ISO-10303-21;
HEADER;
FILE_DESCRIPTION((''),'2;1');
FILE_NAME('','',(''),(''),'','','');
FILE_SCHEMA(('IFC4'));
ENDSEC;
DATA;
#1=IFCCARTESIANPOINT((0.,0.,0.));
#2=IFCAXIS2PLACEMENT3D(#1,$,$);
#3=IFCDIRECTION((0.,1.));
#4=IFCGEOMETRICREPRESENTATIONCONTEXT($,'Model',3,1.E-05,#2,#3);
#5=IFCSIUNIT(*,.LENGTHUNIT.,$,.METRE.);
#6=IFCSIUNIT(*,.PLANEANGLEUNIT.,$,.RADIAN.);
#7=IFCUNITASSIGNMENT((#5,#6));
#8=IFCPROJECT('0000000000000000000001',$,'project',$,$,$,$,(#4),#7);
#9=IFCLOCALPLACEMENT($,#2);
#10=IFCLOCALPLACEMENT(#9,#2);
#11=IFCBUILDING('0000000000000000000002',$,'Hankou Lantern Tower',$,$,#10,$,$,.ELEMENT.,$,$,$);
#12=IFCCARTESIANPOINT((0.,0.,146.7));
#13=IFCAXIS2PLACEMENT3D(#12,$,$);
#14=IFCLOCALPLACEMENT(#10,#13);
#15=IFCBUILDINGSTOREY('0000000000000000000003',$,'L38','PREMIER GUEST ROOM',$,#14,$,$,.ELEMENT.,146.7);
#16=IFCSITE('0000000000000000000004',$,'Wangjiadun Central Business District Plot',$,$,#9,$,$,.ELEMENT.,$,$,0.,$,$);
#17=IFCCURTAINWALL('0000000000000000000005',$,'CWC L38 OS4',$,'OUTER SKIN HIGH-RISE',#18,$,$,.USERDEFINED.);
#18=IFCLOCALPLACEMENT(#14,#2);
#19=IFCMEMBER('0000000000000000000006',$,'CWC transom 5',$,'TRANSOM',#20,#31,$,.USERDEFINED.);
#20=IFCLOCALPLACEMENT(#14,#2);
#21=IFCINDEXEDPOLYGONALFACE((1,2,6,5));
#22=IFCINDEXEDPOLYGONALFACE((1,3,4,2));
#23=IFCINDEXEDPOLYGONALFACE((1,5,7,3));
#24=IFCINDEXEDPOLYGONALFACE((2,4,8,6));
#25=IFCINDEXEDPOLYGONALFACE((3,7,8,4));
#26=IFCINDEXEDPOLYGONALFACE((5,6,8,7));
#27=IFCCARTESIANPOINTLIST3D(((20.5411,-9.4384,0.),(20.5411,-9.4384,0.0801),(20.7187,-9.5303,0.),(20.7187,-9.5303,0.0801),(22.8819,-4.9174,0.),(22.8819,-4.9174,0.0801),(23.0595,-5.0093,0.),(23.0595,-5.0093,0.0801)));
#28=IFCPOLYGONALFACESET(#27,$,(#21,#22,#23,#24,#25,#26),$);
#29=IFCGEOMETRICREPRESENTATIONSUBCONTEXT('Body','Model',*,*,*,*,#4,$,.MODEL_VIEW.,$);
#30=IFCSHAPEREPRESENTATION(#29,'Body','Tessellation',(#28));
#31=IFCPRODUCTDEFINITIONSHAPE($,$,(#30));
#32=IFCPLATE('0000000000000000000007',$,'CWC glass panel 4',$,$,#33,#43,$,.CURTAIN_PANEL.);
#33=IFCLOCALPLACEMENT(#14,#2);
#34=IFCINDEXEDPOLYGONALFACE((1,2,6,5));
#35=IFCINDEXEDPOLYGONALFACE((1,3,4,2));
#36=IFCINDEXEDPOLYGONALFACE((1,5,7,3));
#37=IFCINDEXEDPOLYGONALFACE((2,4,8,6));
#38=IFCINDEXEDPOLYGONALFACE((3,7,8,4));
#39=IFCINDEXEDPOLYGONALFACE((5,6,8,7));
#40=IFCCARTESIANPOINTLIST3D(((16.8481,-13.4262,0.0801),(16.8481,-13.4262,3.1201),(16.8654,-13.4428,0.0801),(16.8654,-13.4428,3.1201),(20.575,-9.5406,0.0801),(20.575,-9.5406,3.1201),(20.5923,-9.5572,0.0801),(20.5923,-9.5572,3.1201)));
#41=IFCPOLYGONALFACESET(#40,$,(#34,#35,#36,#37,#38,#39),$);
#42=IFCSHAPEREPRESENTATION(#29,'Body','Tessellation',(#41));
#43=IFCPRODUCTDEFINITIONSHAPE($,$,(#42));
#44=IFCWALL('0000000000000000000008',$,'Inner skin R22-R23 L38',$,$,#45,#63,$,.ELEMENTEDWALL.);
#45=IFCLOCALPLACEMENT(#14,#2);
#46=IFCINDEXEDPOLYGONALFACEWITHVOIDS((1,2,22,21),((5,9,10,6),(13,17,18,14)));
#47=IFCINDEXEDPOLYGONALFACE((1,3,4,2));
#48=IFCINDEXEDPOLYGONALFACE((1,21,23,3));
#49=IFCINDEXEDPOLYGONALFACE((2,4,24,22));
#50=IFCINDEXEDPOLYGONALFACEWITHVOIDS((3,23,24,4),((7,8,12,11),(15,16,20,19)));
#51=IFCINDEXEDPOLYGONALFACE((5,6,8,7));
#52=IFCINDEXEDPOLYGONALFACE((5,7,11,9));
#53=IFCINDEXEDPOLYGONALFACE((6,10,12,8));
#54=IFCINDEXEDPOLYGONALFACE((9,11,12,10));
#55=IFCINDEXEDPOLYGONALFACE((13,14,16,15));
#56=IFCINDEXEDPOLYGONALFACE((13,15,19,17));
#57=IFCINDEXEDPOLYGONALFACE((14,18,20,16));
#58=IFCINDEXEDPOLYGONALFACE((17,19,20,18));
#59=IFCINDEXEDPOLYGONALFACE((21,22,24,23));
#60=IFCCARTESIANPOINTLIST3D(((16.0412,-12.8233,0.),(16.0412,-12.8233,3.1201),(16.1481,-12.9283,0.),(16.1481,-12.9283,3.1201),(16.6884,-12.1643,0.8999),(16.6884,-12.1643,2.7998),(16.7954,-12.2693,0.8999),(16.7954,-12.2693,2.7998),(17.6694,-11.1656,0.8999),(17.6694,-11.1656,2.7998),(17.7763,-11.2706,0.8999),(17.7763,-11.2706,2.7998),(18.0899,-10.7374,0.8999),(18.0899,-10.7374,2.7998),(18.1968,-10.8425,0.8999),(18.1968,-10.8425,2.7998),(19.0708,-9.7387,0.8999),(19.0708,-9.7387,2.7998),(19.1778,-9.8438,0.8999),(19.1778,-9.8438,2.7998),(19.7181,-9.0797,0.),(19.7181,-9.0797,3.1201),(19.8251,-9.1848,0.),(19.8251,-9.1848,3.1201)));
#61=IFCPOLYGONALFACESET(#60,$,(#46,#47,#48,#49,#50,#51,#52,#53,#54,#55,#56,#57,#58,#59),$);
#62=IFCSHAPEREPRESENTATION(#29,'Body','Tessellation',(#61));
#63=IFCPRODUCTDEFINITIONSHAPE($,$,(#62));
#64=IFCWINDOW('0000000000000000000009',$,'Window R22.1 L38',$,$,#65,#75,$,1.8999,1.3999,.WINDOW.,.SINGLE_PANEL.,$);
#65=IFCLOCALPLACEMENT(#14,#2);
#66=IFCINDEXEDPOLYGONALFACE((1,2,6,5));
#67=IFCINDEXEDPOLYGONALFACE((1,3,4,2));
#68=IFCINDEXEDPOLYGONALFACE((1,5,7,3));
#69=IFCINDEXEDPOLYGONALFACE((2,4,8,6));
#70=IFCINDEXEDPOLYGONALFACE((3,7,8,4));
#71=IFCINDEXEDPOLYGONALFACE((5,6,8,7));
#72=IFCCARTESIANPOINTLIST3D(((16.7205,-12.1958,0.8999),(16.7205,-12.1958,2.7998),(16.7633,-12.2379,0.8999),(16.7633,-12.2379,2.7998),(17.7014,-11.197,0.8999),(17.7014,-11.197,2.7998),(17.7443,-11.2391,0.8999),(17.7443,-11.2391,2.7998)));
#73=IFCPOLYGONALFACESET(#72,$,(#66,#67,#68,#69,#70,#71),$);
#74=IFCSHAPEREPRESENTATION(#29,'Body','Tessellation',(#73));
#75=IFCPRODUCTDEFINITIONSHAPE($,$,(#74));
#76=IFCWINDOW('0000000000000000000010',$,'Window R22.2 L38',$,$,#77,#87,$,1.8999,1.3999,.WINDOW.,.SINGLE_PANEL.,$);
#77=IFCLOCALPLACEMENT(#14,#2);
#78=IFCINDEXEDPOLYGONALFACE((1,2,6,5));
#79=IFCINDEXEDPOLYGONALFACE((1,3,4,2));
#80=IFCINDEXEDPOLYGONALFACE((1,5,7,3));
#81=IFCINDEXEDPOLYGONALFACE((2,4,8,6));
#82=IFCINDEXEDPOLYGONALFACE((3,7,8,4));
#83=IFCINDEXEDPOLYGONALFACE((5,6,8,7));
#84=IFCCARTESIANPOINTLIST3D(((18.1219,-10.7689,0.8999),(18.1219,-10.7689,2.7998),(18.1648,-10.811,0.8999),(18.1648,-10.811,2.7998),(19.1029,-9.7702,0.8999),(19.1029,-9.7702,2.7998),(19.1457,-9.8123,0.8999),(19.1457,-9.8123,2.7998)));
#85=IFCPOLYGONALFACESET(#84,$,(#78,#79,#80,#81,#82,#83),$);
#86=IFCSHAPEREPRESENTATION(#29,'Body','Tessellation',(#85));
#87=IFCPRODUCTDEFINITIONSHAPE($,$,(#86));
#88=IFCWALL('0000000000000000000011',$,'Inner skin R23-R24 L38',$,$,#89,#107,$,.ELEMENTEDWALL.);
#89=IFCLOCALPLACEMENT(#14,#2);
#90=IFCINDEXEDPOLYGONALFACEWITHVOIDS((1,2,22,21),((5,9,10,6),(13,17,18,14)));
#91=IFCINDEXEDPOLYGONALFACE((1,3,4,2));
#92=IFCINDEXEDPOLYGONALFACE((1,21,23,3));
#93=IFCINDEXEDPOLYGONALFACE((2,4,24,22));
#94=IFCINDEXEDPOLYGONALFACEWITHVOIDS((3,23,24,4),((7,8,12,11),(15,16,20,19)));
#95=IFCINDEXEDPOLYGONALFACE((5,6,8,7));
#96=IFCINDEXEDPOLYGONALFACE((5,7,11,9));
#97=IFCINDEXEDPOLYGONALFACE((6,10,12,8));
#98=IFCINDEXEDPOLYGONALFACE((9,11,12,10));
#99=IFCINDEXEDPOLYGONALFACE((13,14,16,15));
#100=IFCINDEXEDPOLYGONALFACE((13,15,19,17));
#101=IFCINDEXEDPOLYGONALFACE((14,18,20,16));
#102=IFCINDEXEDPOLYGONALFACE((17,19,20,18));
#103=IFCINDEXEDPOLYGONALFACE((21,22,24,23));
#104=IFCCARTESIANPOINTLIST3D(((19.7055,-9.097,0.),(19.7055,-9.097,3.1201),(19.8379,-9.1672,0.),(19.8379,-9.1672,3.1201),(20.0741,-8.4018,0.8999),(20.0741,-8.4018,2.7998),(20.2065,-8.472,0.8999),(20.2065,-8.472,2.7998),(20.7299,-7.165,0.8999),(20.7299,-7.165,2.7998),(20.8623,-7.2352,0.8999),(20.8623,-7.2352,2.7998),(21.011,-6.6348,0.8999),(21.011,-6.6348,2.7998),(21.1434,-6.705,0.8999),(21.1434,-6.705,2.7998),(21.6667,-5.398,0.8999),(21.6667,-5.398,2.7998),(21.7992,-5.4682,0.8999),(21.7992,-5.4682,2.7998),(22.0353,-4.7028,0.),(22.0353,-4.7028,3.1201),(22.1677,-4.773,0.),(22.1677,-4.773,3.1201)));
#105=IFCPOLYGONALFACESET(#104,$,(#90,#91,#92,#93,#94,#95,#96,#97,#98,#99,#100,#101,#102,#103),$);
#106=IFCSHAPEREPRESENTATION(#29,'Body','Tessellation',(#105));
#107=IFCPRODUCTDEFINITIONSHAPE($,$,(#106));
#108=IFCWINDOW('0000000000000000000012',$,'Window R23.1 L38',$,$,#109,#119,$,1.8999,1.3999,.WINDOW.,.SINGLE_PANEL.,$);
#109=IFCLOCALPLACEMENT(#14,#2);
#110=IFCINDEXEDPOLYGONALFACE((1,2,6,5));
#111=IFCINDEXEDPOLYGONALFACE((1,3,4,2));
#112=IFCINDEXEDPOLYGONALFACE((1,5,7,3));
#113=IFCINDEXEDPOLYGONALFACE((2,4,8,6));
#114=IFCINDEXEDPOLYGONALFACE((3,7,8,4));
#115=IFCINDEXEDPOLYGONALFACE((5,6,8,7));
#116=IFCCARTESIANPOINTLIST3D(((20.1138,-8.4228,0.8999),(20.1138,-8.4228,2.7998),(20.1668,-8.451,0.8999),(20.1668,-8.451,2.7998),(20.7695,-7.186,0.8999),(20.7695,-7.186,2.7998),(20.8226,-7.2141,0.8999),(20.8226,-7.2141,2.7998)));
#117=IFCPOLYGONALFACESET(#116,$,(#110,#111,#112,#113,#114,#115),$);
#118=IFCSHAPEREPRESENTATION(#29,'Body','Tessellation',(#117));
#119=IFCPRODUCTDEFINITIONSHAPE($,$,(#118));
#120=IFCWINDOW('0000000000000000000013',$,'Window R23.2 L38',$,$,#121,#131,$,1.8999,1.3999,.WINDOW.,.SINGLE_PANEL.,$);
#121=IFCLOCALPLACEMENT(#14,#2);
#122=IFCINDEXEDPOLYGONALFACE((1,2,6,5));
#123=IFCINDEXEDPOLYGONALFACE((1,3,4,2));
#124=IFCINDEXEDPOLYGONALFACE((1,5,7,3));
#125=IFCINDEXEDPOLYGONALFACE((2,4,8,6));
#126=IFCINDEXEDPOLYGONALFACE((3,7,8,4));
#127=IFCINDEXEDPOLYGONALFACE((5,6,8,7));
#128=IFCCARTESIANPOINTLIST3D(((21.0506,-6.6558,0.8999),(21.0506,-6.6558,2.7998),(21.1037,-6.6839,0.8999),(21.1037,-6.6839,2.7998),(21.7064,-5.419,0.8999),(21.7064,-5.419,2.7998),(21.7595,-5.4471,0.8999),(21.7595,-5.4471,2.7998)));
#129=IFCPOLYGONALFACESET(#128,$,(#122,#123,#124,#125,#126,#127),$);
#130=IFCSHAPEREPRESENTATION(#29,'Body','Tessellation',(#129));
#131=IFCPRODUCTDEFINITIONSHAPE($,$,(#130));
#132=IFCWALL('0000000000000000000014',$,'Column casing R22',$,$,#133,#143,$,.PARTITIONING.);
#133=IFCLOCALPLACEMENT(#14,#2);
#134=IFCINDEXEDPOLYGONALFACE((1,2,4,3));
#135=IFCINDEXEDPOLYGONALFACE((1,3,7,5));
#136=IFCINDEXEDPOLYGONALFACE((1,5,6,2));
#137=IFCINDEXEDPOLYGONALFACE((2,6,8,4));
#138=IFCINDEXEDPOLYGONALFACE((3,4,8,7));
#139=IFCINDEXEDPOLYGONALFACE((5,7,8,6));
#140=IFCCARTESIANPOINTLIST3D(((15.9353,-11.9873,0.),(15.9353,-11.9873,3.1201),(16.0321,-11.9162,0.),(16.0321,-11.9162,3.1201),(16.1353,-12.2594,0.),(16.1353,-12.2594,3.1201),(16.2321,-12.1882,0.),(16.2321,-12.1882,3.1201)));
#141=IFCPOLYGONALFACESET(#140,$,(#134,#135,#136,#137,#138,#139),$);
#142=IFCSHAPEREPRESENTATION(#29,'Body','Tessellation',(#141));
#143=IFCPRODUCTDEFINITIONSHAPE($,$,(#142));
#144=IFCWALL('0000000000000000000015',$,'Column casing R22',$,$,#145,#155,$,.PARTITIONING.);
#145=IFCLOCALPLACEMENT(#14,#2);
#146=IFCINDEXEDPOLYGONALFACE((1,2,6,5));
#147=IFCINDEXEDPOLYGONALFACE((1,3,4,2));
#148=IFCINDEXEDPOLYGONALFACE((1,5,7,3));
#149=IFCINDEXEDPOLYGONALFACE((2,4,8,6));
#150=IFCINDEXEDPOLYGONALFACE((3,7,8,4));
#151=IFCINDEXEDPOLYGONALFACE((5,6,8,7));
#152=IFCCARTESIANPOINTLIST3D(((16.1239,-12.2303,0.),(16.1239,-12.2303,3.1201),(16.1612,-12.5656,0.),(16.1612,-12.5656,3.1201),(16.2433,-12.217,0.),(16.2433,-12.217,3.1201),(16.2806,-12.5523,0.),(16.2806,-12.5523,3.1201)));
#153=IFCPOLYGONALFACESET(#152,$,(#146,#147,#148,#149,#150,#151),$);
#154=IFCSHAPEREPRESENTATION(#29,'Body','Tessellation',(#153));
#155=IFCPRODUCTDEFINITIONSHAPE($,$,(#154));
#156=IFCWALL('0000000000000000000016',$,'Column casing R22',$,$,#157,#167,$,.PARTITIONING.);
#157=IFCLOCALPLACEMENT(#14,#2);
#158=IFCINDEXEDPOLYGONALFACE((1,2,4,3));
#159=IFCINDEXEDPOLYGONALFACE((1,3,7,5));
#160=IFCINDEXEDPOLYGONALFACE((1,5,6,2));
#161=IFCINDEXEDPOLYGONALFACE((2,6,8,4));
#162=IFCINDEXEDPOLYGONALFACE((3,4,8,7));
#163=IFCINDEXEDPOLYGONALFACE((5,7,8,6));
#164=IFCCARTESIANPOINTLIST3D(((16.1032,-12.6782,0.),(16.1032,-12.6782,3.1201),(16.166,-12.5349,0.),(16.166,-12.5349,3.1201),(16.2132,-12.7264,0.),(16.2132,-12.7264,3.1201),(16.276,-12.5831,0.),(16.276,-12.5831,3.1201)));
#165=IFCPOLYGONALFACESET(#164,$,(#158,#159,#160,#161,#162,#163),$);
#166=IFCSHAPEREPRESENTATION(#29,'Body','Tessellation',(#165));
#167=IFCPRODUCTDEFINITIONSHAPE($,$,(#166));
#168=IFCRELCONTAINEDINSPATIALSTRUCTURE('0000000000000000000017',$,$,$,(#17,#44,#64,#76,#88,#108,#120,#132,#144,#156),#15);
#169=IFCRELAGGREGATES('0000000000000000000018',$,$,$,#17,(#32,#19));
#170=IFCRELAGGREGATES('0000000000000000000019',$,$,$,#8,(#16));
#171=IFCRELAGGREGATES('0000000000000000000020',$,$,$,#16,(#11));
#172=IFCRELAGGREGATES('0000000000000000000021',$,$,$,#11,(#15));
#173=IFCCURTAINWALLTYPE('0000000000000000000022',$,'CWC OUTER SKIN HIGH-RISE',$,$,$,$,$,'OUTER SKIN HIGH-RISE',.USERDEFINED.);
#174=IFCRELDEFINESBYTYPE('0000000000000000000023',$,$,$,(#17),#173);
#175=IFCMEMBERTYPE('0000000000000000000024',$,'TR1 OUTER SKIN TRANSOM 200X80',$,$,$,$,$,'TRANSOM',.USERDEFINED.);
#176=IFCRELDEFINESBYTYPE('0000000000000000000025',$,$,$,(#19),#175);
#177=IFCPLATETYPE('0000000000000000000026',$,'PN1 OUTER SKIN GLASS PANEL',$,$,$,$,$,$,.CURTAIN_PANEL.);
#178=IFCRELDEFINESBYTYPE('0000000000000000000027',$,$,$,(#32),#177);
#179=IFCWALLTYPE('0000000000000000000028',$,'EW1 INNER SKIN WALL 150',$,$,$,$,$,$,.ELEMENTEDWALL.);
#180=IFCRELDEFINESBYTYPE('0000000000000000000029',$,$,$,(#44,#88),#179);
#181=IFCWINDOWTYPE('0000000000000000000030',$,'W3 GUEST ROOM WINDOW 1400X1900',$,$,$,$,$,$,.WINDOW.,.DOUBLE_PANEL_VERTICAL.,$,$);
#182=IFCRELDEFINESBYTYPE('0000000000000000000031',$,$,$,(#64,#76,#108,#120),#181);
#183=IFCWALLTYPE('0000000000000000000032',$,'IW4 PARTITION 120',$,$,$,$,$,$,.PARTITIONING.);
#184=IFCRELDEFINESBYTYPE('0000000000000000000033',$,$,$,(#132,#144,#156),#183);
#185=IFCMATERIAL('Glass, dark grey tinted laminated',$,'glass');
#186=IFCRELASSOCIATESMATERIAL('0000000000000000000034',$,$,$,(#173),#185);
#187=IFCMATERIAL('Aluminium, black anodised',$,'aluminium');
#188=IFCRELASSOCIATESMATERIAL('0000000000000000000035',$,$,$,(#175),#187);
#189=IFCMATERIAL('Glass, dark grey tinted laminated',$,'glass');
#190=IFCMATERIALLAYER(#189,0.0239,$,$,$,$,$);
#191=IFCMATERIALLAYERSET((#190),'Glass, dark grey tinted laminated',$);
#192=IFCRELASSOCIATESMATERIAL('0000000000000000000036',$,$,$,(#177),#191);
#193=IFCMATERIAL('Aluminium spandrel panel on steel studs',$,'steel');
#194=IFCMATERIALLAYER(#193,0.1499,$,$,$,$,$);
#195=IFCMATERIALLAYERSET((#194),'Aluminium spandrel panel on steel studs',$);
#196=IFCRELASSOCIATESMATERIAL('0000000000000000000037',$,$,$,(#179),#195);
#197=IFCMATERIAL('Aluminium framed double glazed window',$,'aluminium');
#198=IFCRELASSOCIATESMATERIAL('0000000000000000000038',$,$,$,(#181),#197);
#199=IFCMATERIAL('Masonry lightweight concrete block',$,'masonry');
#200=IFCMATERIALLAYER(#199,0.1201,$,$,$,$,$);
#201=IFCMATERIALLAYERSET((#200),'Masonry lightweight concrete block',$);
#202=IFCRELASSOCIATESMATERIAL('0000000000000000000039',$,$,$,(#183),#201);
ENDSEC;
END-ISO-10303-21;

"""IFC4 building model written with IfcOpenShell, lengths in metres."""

from ifc_helpers import new_model, si_unit, direction, frame, frame_2d, origin, origin_2d, place, context, subcontext, project, spatial, rectangle, extrude, material, layer, layer_set, material_profile, profile_set, type_object, element, fill, aggregate, save


model = new_model("IFC4")

# Units and contexts
model_context = context("Model", 3, precision=1e-05, world=origin(), true_north=direction((0.0, 1.0)))
body_context = subcontext(model_context, "Body", "Model", "MODEL_VIEW")
ifc_project = project(units=[si_unit("LENGTHUNIT", "METRE"), si_unit("PLANEANGLEUNIT", "RADIAN")], contexts=[model_context])

# Site, building, storey
site_placement = place(None, origin())
site = spatial("IfcSite", under=ifc_project, at=site_placement, Name="Wangjiadun Central Business District Plot", CompositionType="ELEMENT", RefElevation=0.0)
building_placement = place(site_placement, origin())
building = spatial("IfcBuilding", under=site, at=building_placement, Name="Hankou Lantern Tower", CompositionType="ELEMENT")
storey_placement = place(building_placement, frame((0.0, 0.0, 146.7)))
storey = spatial("IfcBuildingStorey", under=building, at=storey_placement, Name="L38", Description="PREMIER GUEST ROOM", CompositionType="ELEMENT", Elevation=146.7)

# Curtain wall, member, plate
ifc_material_1 = material(Name="Glass, dark grey tinted laminated", Category="glass")
curtain_wall_type = type_object("IfcCurtainWallType", Name="CWC OUTER SKIN HIGH-RISE", ElementType="OUTER SKIN HIGH-RISE", PredefinedType="USERDEFINED", material=ifc_material_1)
curtain_wall_placement = place(storey_placement, origin())
curtain_wall = element("IfcCurtainWall", 1, at=curtain_wall_placement, inside=storey, type_object=curtain_wall_type, Name="CWC L38 OS4", ObjectType="OUTER SKIN HIGH-RISE", PredefinedType="USERDEFINED")
ifc_material_2 = material(Name="Aluminium, black anodised", Category="aluminium")
ifc_material_profile_1 = material_profile(ifc_material_2, rectangle(XDim=0.2, YDim=0.0801, at=origin_2d()), Name="TR1 200X80")
ifc_profile_set_1 = profile_set([ifc_material_profile_1], Name="Aluminium, black anodised")
member_type_1 = type_object("IfcMemberType", Name="TR1 OUTER SKIN TRANSOM 200X80", ElementType="TRANSOM", PredefinedType="USERDEFINED", material=ifc_profile_set_1)
member_1_placement = place(storey_placement, frame((20.6299, -9.4844, 0.04), z_axis=(0.459791, 0.888027, 0.0), x_axis=(-0.888027, 0.459791, 0.0)))
member_1 = element("IfcMember", 2, at=member_1_placement, type_object=member_type_1, Name="CWC transom 5", ObjectType="TRANSOM", PredefinedType="USERDEFINED", context=body_context, shape_type="SweptSolid", body=[
    extrude(rectangle(XDim=0.2, YDim=0.0801, at=origin_2d()), origin(), (0.0, 0.0, 1.0), 5.0911),
])
ifc_material_3 = material(Name="Glass, dark grey tinted laminated", Category="glass")
ifc_layer_1 = layer(ifc_material_3, 0.0239)
ifc_layer_set_1 = layer_set([ifc_layer_1], Name="Glass, dark grey tinted laminated")
plate_type = type_object("IfcPlateType", Name="PN1 OUTER SKIN GLASS PANEL", PredefinedType="CURTAIN_PANEL", material=ifc_layer_set_1)
plate_placement = place(storey_placement, frame((18.7202, -11.4917, 0.0801), z_axis=(0.0, 0.0, 1.0), x_axis=(0.692216, 0.721691, 0.0)))
plate = element("IfcPlate", 3, at=plate_placement, type_object=plate_type, Name="CWC glass panel 4", PredefinedType="CURTAIN_PANEL", context=body_context, shape_type="SweptSolid", body=[
    extrude(rectangle(XDim=5.384, YDim=0.0239, at=origin_2d()), origin(), (0.0, 0.0, 1.0), 3.04),
])
aggregate(curtain_wall, [plate, member_1])

# Walls, openings, windows
ifc_material_4 = material(Name="Aluminium spandrel panel on steel studs", Category="steel")
ifc_layer_2 = layer(ifc_material_4, 0.1499)
ifc_layer_set_2 = layer_set([ifc_layer_2], Name="Aluminium spandrel panel on steel studs")
wall_type_1 = type_object("IfcWallType", Name="EW1 INNER SKIN WALL 150", PredefinedType="ELEMENTEDWALL", material=ifc_layer_set_2)
wall_1_placement = place(storey_placement, frame((16.0947, -12.8757, 0.0), z_axis=(0.0, 0.0, 1.0), x_axis=(0.700727, 0.713429, 0.0)))
wall_1 = element("IfcWall", 4, at=wall_1_placement, inside=storey, type_object=wall_type_1, Name="Inner skin R22-R23 L38", PredefinedType="ELEMENTEDWALL", context=body_context, shape_type="SweptSolid", body=[
    extrude(rectangle(XDim=5.2473, YDim=0.1499, at=frame_2d((2.6235, 0.0))), origin(), (0.0, 0.0, 1.0), 3.1201),
])
opening_1_placement = place(wall_1_placement, frame((0.9236, 0.0, 0.8999)))
opening_1 = element("IfcOpeningElement", 5, at=opening_1_placement, cuts=wall_1, PredefinedType="OPENING", context=body_context, shape_type="SweptSolid", body=[
    extrude(rectangle(XDim=1.3999, YDim=1.8999, at=frame_2d((0.7, 0.95))), frame((0.0, 0.085, 0.0), z_axis=(0.0, -1.0, 0.0), x_axis=(1.0, 0.0, 0.0)), (0.0, 0.0, 1.0), 0.1699),
])
opening_2_placement = place(wall_1_placement, frame((2.9236, 0.0, 0.8999)))
opening_2 = element("IfcOpeningElement", 6, at=opening_2_placement, cuts=wall_1, PredefinedType="OPENING", context=body_context, shape_type="SweptSolid", body=[
    extrude(rectangle(XDim=1.3999, YDim=1.8999, at=frame_2d((0.7, 0.95))), frame((0.0, 0.085, 0.0), z_axis=(0.0, -1.0, 0.0), x_axis=(1.0, 0.0, 0.0)), (0.0, 0.0, 1.0), 0.1699),
])
ifc_material_5 = material(Name="Aluminium framed double glazed window", Category="aluminium")
window_type = type_object("IfcWindowType", Name="W3 GUEST ROOM WINDOW 1400X1900", PartitioningType="DOUBLE_PANEL_VERTICAL", PredefinedType="WINDOW", material=ifc_material_5)
window_1_placement = place(opening_1_placement, origin())
window_1 = element("IfcWindow", 7, at=window_1_placement, inside=storey, type_object=window_type, Name="Window R22.1 L38", OverallHeight=1.8999, OverallWidth=1.3999, PartitioningType="SINGLE_PANEL", PredefinedType="WINDOW", context=body_context, shape_type="SweptSolid", body=[
    extrude(rectangle(XDim=1.3999, YDim=1.8999, at=frame_2d((0.7, 0.95))), frame((0.0, 0.03, 0.0), z_axis=(0.0, -1.0, 0.0), x_axis=(1.0, 0.0, 0.0)), (0.0, 0.0, 1.0), 0.0601),
])
fill(opening_1, window_1)
window_2_placement = place(opening_2_placement, origin())
window_2 = element("IfcWindow", 8, at=window_2_placement, inside=storey, type_object=window_type, Name="Window R22.2 L38", OverallHeight=1.8999, OverallWidth=1.3999, PartitioningType="SINGLE_PANEL", PredefinedType="WINDOW", context=body_context, shape_type="SweptSolid", body=[
    extrude(rectangle(XDim=1.3999, YDim=1.8999, at=frame_2d((0.7, 0.95))), frame((0.0, 0.03, 0.0), z_axis=(0.0, -1.0, 0.0), x_axis=(1.0, 0.0, 0.0)), (0.0, 0.0, 1.0), 0.0601),
])
fill(opening_2, window_2)
wall_2_placement = place(storey_placement, frame((19.7717, -9.1321, 0.0), z_axis=(0.0, 0.0, 1.0), x_axis=(0.468429, 0.883501, 0.0)))
wall_2 = element("IfcWall", 9, at=wall_2_placement, inside=storey, type_object=wall_type_1, Name="Inner skin R23-R24 L38", PredefinedType="ELEMENTEDWALL", context=body_context, shape_type="SweptSolid", body=[
    extrude(rectangle(XDim=4.9736, YDim=0.1499, at=frame_2d((2.4868, 0.0))), origin(), (0.0, 0.0, 1.0), 3.1201),
])
opening_3_placement = place(wall_2_placement, frame((0.7869, 0.0, 0.8999)))
opening_3 = element("IfcOpeningElement", 10, at=opening_3_placement, cuts=wall_2, PredefinedType="OPENING", context=body_context, shape_type="SweptSolid", body=[
    extrude(rectangle(XDim=1.3999, YDim=1.8999, at=frame_2d((0.7, 0.95))), frame((0.0, 0.085, 0.0), z_axis=(0.0, -1.0, 0.0), x_axis=(1.0, 0.0, 0.0)), (0.0, 0.0, 1.0), 0.1699),
])
opening_4_placement = place(wall_2_placement, frame((2.7869, 0.0, 0.8999)))
opening_4 = element("IfcOpeningElement", 11, at=opening_4_placement, cuts=wall_2, PredefinedType="OPENING", context=body_context, shape_type="SweptSolid", body=[
    extrude(rectangle(XDim=1.3999, YDim=1.8999, at=frame_2d((0.7, 0.95))), frame((0.0, 0.085, 0.0), z_axis=(0.0, -1.0, 0.0), x_axis=(1.0, 0.0, 0.0)), (0.0, 0.0, 1.0), 0.1699),
])
window_3_placement = place(opening_3_placement, origin())
window_3 = element("IfcWindow", 12, at=window_3_placement, inside=storey, type_object=window_type, Name="Window R23.1 L38", OverallHeight=1.8999, OverallWidth=1.3999, PartitioningType="SINGLE_PANEL", PredefinedType="WINDOW", context=body_context, shape_type="SweptSolid", body=[
    extrude(rectangle(XDim=1.3999, YDim=1.8999, at=frame_2d((0.7, 0.95))), frame((0.0, 0.03, 0.0), z_axis=(0.0, -1.0, 0.0), x_axis=(1.0, 0.0, 0.0)), (0.0, 0.0, 1.0), 0.0601),
])
fill(opening_3, window_3)
window_4_placement = place(opening_4_placement, origin())
window_4 = element("IfcWindow", 13, at=window_4_placement, inside=storey, type_object=window_type, Name="Window R23.2 L38", OverallHeight=1.8999, OverallWidth=1.3999, PartitioningType="SINGLE_PANEL", PredefinedType="WINDOW", context=body_context, shape_type="SweptSolid", body=[
    extrude(rectangle(XDim=1.3999, YDim=1.8999, at=frame_2d((0.7, 0.95))), frame((0.0, 0.03, 0.0), z_axis=(0.0, -1.0, 0.0), x_axis=(1.0, 0.0, 0.0)), (0.0, 0.0, 1.0), 0.0601),
])
fill(opening_4, window_4)

# Walls
ifc_material_6 = material(Name="Masonry lightweight concrete block", Category="masonry")
ifc_layer_3 = layer(ifc_material_6, 0.1201)
ifc_layer_set_3 = layer_set([ifc_layer_3], Name="Masonry lightweight concrete block")
wall_type_2 = type_object("IfcWallType", Name="IW4 PARTITION 120", PredefinedType="PARTITIONING", material=ifc_layer_set_3)
wall_3_placement = place(storey_placement, frame((15.9836, -11.9517, 0.0), z_axis=(0.0, 0.0, 1.0), x_axis=(0.592335, -0.805692, 0.0)))
element("IfcWall", 14, at=wall_3_placement, inside=storey, type_object=wall_type_2, Name="Column casing R22", PredefinedType="PARTITIONING", context=body_context, shape_type="SweptSolid", body=[
    extrude(rectangle(XDim=0.3376, YDim=0.1201, at=frame_2d((0.1689, 0.0))), origin(), (0.0, 0.0, 1.0), 3.1201),
])
wall_4_placement = place(storey_placement, frame((16.1836, -12.2236, 0.0), z_axis=(0.0, 0.0, 1.0), x_axis=(0.11067, -0.993857, 0.0)))
element("IfcWall", 15, at=wall_4_placement, inside=storey, type_object=wall_type_2, Name="Column casing R22", PredefinedType="PARTITIONING", context=body_context, shape_type="SweptSolid", body=[
    extrude(rectangle(XDim=0.3374, YDim=0.1201, at=frame_2d((0.1687, 0.0))), origin(), (0.0, 0.0, 1.0), 3.1201),
])
wall_5_placement = place(storey_placement, frame((16.2209, -12.5591, 0.0), z_axis=(0.0, 0.0, 1.0), x_axis=(-0.401064, -0.91605, 0.0)))
element("IfcWall", 16, at=wall_5_placement, inside=storey, type_object=wall_type_2, Name="Column casing R22", PredefinedType="PARTITIONING", context=body_context, shape_type="SweptSolid", body=[
    extrude(rectangle(XDim=0.1565, YDim=0.1201, at=frame_2d((0.0781, 0.0))), origin(), (0.0, 0.0, 1.0), 3.1201),
])

save(model, "model.ifc")
